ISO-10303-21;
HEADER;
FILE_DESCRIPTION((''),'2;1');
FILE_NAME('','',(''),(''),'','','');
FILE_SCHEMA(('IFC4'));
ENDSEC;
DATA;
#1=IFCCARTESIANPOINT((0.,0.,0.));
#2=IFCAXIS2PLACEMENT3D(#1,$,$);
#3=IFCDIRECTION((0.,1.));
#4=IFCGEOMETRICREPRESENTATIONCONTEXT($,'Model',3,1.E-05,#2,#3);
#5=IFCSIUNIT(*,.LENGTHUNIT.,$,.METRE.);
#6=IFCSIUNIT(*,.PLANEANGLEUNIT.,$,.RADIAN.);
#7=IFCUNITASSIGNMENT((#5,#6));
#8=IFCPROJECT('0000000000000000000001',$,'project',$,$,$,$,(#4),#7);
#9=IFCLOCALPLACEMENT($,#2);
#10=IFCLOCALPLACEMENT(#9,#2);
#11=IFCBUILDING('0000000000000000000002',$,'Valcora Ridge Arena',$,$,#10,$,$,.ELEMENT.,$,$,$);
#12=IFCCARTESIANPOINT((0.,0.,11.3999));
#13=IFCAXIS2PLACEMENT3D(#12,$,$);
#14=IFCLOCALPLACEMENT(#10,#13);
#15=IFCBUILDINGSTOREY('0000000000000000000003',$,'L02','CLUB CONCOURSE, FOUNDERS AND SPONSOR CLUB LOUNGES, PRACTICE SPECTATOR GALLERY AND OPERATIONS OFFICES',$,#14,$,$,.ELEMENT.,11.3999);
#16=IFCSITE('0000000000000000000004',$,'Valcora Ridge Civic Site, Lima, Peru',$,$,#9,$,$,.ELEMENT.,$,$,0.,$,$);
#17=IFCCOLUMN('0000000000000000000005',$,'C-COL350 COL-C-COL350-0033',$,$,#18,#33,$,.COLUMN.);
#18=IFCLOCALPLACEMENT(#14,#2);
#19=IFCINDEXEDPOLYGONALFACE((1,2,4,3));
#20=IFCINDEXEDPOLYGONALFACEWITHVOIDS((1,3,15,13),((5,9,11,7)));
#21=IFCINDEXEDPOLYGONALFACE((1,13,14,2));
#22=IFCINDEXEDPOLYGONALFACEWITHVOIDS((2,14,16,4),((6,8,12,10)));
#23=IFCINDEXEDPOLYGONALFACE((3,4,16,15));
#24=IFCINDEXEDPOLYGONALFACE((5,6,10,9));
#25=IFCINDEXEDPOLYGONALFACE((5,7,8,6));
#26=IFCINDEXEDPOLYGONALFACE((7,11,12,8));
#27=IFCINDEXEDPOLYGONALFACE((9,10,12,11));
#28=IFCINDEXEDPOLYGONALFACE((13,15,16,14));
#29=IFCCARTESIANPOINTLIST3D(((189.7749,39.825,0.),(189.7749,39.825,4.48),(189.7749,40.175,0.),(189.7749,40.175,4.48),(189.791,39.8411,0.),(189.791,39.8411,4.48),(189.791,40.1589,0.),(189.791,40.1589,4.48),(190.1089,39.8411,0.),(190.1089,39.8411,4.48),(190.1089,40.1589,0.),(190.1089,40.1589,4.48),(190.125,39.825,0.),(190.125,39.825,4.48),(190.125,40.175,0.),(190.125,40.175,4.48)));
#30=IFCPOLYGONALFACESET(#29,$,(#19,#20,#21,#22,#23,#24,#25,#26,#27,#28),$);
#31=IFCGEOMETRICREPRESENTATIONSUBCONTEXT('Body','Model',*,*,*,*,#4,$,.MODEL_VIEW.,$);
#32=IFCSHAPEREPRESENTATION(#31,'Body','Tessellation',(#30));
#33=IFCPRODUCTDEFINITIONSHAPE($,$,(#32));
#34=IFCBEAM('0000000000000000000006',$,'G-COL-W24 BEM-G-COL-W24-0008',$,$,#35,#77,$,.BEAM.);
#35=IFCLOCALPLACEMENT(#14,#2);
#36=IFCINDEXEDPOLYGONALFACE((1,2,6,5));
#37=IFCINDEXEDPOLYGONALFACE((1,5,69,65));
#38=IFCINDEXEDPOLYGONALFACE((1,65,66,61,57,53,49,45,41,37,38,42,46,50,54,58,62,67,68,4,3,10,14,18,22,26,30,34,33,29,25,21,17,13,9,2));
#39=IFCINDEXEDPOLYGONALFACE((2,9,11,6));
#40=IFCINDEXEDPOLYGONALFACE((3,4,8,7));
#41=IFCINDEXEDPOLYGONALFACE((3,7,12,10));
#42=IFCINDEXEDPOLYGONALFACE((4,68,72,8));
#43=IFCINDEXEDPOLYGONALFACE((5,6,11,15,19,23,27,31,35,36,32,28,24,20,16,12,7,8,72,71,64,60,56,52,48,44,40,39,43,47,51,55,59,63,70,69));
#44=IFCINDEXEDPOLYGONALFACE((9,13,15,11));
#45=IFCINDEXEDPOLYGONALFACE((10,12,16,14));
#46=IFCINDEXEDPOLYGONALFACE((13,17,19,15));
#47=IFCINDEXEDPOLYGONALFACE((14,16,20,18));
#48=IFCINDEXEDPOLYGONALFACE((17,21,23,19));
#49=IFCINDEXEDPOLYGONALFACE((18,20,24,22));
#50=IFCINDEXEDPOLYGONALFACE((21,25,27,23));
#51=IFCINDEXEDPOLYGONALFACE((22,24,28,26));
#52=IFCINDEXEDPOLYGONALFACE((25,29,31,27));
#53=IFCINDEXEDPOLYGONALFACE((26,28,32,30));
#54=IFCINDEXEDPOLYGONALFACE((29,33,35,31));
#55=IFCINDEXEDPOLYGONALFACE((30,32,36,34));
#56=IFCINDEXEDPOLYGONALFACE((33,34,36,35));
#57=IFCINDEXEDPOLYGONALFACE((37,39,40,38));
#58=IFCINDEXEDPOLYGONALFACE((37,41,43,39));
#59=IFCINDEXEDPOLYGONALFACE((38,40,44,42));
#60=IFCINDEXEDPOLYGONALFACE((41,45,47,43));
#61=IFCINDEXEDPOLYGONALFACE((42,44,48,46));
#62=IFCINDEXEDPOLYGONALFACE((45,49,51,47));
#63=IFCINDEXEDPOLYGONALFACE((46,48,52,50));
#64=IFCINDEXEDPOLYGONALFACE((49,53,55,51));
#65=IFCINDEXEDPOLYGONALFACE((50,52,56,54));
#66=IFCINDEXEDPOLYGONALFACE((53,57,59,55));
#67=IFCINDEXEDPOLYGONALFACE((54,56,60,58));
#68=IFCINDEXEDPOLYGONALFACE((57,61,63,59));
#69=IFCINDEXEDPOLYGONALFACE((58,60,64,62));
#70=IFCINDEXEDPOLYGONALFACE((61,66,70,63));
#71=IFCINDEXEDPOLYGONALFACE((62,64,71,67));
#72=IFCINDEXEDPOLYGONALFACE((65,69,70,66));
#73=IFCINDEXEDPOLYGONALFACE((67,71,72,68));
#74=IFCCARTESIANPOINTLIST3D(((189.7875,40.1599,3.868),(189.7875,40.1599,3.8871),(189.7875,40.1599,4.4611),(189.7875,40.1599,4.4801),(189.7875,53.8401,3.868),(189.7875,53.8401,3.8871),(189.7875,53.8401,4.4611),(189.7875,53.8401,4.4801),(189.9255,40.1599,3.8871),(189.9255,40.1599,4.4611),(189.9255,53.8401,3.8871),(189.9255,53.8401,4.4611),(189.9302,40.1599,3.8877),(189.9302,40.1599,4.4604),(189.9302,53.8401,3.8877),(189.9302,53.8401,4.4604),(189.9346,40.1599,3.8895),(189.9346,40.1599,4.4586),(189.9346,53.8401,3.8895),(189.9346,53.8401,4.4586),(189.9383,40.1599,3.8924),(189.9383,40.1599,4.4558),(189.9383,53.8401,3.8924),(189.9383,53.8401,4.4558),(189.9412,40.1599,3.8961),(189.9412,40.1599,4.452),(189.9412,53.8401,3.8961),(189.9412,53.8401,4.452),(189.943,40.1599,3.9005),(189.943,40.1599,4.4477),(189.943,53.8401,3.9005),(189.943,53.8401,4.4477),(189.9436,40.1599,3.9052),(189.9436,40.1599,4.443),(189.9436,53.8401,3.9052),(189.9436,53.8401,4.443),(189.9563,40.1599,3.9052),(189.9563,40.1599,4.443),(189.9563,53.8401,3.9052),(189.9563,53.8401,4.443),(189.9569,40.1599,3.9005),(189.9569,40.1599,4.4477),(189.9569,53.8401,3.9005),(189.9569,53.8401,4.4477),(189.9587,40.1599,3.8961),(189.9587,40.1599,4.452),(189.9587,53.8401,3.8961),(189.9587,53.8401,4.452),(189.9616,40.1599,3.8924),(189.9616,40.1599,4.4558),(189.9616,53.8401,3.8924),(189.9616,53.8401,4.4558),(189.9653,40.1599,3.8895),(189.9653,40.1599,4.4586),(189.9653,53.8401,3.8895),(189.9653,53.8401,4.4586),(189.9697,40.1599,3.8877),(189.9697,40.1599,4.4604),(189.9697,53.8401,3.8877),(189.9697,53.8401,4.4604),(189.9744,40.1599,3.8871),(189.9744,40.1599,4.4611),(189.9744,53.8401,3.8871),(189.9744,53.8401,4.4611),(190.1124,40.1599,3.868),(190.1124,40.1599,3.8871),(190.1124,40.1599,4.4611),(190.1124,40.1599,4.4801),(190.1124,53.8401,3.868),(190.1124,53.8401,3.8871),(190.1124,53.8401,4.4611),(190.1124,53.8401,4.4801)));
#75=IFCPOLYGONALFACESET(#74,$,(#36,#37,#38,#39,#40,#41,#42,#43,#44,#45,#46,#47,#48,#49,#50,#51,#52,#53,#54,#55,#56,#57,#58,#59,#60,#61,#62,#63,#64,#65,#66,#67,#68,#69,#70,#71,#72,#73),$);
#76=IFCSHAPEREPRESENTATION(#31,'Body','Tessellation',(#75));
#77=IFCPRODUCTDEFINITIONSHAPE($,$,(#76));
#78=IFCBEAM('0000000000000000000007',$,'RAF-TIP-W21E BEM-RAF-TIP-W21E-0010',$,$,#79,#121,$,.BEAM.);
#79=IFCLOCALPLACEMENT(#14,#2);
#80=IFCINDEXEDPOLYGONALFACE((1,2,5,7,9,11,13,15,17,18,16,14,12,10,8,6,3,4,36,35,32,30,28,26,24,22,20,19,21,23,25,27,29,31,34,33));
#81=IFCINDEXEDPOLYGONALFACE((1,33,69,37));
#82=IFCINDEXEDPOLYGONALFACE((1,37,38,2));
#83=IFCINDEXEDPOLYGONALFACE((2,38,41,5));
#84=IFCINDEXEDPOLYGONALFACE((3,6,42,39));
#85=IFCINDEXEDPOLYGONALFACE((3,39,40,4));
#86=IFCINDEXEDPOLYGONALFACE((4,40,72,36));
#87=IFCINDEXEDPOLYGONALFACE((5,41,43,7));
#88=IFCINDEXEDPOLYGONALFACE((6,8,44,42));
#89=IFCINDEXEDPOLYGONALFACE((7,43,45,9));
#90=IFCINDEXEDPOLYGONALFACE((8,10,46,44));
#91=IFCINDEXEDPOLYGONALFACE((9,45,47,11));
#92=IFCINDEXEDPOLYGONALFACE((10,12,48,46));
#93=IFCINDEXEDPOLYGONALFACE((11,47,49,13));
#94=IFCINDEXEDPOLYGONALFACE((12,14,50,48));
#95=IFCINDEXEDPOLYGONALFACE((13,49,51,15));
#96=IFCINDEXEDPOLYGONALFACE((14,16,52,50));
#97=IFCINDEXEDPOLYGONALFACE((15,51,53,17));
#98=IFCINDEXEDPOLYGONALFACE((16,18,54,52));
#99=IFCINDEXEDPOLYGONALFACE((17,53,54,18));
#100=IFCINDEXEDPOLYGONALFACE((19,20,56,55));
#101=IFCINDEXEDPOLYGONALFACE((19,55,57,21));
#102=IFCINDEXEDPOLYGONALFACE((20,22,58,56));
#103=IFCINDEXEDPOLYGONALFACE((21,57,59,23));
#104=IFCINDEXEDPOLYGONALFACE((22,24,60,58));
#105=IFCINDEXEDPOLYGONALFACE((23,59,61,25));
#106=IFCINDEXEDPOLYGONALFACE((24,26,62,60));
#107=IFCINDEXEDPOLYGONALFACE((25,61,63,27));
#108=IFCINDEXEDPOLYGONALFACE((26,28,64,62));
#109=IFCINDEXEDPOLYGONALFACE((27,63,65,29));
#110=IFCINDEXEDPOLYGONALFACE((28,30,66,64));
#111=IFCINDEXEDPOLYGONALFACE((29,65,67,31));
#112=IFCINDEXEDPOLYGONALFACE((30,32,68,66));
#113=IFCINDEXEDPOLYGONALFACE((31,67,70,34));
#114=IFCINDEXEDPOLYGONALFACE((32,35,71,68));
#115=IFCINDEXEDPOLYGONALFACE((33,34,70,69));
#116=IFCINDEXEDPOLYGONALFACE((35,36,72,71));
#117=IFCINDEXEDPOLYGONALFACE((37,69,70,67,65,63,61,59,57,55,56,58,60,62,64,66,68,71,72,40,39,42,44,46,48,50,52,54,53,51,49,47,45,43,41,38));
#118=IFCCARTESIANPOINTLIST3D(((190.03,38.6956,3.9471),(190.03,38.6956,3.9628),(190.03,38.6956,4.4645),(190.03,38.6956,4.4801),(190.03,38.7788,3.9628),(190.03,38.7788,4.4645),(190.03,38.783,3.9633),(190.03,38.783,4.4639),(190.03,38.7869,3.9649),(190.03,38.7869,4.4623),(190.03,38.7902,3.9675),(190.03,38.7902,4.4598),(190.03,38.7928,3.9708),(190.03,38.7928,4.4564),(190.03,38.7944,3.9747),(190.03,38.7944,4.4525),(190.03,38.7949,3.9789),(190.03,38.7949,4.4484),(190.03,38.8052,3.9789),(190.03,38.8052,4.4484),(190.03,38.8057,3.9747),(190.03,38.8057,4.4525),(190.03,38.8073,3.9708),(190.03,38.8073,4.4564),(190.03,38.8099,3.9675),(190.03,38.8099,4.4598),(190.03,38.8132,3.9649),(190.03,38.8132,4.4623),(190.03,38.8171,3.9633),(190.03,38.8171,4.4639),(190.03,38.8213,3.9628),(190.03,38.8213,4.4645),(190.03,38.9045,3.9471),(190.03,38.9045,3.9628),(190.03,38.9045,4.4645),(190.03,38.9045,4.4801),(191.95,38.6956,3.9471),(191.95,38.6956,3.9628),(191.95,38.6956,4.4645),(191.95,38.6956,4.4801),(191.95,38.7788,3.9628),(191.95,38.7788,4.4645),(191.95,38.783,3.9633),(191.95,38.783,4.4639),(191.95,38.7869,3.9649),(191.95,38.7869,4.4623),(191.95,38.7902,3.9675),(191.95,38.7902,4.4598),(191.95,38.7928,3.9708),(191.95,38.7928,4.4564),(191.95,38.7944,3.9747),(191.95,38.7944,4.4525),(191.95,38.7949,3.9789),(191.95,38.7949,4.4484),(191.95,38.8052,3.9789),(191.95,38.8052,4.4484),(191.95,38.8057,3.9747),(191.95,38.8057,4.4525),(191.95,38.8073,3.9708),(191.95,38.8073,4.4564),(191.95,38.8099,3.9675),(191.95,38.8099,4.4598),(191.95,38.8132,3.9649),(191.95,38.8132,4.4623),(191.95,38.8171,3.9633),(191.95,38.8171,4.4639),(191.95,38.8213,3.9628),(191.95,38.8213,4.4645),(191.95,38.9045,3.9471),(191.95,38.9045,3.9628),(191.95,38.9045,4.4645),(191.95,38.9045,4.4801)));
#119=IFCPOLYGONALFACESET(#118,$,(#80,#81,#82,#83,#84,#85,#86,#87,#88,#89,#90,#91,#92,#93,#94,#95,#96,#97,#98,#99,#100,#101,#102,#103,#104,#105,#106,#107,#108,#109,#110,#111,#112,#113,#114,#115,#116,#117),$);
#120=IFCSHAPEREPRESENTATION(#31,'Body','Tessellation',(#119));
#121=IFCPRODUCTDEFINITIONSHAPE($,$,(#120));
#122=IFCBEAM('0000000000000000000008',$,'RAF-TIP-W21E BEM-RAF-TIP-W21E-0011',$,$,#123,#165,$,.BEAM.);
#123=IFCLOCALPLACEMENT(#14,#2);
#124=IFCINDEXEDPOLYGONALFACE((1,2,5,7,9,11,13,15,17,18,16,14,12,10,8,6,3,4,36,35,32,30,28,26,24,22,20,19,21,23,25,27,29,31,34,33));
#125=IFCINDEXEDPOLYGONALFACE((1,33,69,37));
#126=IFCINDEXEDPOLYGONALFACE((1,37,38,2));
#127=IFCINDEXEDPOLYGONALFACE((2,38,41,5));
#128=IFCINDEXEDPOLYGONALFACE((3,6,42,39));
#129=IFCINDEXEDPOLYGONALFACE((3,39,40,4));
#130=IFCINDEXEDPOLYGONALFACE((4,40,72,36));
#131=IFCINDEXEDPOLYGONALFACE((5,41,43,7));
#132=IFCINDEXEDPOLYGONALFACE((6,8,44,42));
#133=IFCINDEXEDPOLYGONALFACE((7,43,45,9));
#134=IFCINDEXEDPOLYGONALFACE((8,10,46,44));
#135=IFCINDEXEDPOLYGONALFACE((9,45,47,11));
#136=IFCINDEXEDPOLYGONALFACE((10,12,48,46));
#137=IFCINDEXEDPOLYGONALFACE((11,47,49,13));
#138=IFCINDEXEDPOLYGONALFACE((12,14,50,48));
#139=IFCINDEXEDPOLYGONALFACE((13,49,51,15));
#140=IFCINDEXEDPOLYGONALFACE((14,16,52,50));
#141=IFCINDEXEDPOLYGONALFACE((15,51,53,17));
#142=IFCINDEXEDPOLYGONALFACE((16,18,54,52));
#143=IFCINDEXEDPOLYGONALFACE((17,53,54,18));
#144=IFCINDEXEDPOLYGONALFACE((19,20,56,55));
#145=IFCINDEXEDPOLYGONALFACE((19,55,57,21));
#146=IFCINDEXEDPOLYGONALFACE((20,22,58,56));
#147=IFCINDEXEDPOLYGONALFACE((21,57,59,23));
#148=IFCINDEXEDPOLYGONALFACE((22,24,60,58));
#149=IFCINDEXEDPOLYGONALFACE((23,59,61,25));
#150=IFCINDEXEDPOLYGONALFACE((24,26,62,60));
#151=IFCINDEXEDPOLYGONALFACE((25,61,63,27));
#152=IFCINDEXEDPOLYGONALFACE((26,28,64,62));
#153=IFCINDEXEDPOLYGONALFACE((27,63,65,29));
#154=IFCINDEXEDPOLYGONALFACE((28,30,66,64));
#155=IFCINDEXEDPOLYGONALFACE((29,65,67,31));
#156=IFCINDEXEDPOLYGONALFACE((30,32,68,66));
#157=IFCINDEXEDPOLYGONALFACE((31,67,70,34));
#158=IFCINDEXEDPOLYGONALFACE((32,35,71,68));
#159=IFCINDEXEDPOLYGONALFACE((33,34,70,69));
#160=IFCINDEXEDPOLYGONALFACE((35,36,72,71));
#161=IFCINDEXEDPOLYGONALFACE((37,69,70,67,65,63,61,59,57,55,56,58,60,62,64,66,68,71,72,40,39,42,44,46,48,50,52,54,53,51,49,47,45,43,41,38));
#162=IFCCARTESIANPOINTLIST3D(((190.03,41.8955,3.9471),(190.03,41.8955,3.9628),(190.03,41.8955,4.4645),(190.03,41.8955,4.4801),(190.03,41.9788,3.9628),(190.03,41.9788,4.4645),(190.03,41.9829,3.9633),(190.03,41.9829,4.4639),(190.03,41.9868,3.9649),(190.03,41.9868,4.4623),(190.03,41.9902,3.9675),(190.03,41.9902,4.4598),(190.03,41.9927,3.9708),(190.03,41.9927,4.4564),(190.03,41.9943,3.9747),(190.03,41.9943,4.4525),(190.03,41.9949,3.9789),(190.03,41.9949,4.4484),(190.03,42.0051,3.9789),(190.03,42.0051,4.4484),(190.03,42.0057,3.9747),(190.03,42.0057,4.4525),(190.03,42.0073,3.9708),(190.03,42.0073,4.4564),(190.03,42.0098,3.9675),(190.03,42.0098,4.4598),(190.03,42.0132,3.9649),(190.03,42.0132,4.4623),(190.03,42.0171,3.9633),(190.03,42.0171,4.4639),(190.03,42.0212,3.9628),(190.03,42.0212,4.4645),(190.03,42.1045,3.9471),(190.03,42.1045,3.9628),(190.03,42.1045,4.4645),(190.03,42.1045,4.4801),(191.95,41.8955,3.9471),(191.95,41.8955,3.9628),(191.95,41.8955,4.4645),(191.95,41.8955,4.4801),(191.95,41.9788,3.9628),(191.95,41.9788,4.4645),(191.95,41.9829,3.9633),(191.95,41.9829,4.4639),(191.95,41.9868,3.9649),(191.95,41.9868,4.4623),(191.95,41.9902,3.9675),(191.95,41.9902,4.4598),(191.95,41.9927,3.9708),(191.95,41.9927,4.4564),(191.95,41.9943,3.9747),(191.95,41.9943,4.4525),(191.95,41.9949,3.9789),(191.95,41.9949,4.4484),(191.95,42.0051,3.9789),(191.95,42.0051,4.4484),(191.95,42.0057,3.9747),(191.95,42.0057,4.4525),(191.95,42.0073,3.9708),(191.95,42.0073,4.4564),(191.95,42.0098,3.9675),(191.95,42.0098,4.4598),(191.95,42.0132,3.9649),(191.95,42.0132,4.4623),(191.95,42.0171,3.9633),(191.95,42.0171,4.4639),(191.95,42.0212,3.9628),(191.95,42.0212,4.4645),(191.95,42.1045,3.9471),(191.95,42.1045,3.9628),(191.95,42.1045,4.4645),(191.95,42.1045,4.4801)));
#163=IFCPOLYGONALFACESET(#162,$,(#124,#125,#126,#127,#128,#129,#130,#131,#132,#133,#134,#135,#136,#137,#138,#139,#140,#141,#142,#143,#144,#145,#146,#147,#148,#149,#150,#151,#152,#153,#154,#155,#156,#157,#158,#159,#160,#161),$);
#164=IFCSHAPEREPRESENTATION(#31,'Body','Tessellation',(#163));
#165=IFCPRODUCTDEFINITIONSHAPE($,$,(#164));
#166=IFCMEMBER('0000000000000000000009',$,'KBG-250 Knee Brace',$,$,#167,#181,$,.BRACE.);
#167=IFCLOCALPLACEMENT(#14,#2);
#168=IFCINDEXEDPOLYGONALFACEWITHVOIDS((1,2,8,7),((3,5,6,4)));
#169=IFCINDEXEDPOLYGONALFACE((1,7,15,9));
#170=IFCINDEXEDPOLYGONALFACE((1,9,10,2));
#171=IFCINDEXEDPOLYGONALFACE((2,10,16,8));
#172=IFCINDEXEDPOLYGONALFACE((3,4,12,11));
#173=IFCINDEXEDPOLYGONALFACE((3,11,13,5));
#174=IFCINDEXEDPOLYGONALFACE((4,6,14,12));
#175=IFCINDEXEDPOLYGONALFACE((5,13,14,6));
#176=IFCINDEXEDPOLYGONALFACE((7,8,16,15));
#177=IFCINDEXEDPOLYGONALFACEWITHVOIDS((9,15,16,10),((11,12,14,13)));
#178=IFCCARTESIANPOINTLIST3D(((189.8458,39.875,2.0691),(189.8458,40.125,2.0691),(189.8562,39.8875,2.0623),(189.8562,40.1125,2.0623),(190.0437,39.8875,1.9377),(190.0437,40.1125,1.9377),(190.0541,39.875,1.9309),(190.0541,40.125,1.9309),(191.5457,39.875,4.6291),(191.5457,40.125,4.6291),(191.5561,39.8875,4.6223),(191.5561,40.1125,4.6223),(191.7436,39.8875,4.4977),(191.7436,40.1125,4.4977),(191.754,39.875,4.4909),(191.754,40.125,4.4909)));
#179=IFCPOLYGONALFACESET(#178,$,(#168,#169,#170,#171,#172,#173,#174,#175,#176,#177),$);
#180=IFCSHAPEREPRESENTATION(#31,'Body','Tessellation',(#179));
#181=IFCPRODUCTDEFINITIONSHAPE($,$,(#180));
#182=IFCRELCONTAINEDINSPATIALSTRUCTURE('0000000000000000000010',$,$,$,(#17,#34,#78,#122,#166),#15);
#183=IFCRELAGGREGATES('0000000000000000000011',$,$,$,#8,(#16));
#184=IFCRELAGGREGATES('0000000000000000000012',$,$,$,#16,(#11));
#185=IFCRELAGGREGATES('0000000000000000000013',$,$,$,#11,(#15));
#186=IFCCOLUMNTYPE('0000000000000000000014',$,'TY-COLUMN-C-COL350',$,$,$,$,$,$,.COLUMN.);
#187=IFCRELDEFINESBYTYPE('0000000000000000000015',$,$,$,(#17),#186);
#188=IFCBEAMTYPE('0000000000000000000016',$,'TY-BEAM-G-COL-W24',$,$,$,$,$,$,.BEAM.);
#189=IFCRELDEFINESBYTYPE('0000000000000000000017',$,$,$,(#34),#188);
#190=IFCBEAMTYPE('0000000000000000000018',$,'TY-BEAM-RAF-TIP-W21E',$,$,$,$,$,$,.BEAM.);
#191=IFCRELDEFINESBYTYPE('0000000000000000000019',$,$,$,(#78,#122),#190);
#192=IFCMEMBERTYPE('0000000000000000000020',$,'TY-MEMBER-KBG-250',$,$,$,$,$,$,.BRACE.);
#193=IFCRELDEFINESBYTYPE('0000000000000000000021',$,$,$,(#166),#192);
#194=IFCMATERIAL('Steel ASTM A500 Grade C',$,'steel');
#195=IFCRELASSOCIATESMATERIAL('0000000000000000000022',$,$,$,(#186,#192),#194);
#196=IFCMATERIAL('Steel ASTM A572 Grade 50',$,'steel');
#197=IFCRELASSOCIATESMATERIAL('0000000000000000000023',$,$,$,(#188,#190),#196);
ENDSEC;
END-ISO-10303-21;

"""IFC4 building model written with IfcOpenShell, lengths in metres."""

from ifc_helpers import new_model, si_unit, direction, frame, origin, origin_2d, place, context, subcontext, project, spatial, hollow_rectangle, i_section, extrude, material, material_profile, profile_set, type_object, element, save


model = new_model("IFC4")

# Units and contexts
model_context = context("Model", 3, precision=1e-05, world=origin(), true_north=direction((0.0, 1.0)))
body_context = subcontext(model_context, "Body", "Model", "MODEL_VIEW")
ifc_project = project(units=[si_unit("LENGTHUNIT", "METRE"), si_unit("PLANEANGLEUNIT", "RADIAN")], contexts=[model_context])

# Site, building, storey
site_placement = place(None, origin())
site = spatial("IfcSite", under=ifc_project, at=site_placement, Name="Valcora Ridge Civic Site, Lima, Peru", CompositionType="ELEMENT", RefElevation=0.0)
building_placement = place(site_placement, origin())
building = spatial("IfcBuilding", under=site, at=building_placement, Name="Valcora Ridge Arena", CompositionType="ELEMENT")
storey_placement = place(building_placement, frame((0.0, 0.0, 11.3999)))
storey = spatial("IfcBuildingStorey", under=building, at=storey_placement, Name="L02", Description="CLUB CONCOURSE, FOUNDERS AND SPONSOR CLUB LOUNGES, PRACTICE SPECTATOR GALLERY AND OPERATIONS OFFICES", CompositionType="ELEMENT", Elevation=11.3999)

# Column
ifc_material_1 = material(Name="Steel ASTM A500 Grade C", Category="steel")
ifc_material_profile_1 = material_profile(ifc_material_1, hollow_rectangle(XDim=0.3501, YDim=0.3501, WallThickness=0.0161, at=origin_2d()), Name="HSS350X350X16")
ifc_profile_set_1 = profile_set([ifc_material_profile_1], Name="Steel ASTM A500 Grade C")
column_type = type_object("IfcColumnType", Name="TY-COLUMN-C-COL350", PredefinedType="COLUMN", material=ifc_profile_set_1)
column_placement = place(storey_placement, frame((189.95, 40.0, 0.0), z_axis=(0.0, 0.0, 1.0), x_axis=(1.0, 0.0, 0.0)))
element("IfcColumn", 1, at=column_placement, inside=storey, type_object=column_type, Name="C-COL350 COL-C-COL350-0033", PredefinedType="COLUMN", context=body_context, shape_type="SweptSolid", body=[
    extrude(hollow_rectangle(XDim=0.3501, YDim=0.3501, WallThickness=0.0161, at=origin_2d()), origin(), (0.0, 0.0, 1.0), 4.48),
])

# Beams
ifc_material_2 = material(Name="Steel ASTM A572 Grade 50", Category="steel")
ifc_material_profile_2 = material_profile(ifc_material_2, i_section(OverallWidth=0.325, OverallDepth=0.6121, WebThickness=0.0127, FlangeThickness=0.019, FilletRadius=0.0181, at=origin_2d()), Name="W24X104")
ifc_profile_set_2 = profile_set([ifc_material_profile_2], Name="Steel ASTM A572 Grade 50")
beam_type_1 = type_object("IfcBeamType", Name="TY-BEAM-G-COL-W24", PredefinedType="BEAM", material=ifc_profile_set_2)
beam_placement = place(storey_placement, frame((189.95, 40.1599, 4.1741), z_axis=(0.0, 1.0, 0.0), x_axis=(-1.0, 0.0, 0.0)))
element("IfcBeam", 2, at=beam_placement, inside=storey, type_object=beam_type_1, Name="G-COL-W24 BEM-G-COL-W24-0008", PredefinedType="BEAM", context=body_context, shape_type="SweptSolid", body=[
    extrude(i_section(OverallWidth=0.325, OverallDepth=0.6121, WebThickness=0.0127, FlangeThickness=0.019, FilletRadius=0.0181, at=origin_2d()), origin(), (0.0, 0.0, 1.0), 13.6802),
])
ifc_material_profile_3 = material_profile(ifc_material_2, i_section(OverallWidth=0.209, OverallDepth=0.533, WebThickness=0.0103, FlangeThickness=0.0156, FilletRadius=0.0161, at=origin_2d()), Name="W21X62")
ifc_profile_set_3 = profile_set([ifc_material_profile_3], Name="Steel ASTM A572 Grade 50")
beam_type_2 = type_object("IfcBeamType", Name="TY-BEAM-RAF-TIP-W21E", PredefinedType="BEAM", material=ifc_profile_set_3)
for number, where, z_axis, x_axis, name in (
    (3, (190.03, 38.8, 4.2136), (1.0, 0.0, 0.0), (0.0, 1.0, 0.0), "RAF-TIP-W21E BEM-RAF-TIP-W21E-0010"),
    (4, (190.03, 42.0, 4.2136), (1.0, 0.0, 0.0), (0.0, 1.0, 0.0), "RAF-TIP-W21E BEM-RAF-TIP-W21E-0011"),
):
    element("IfcBeam", number, at=place(storey_placement, frame(where, z_axis=z_axis, x_axis=x_axis)), inside=storey, type_object=beam_type_2, Name=name, PredefinedType="BEAM", context=body_context, shape_type="SweptSolid", body=[
        extrude(i_section(OverallWidth=0.209, OverallDepth=0.533, WebThickness=0.0103, FlangeThickness=0.0156, FilletRadius=0.0161, at=origin_2d()), origin(), (0.0, 0.0, 1.0), 1.9199),
    ])

# Member
ifc_material_profile_4 = material_profile(ifc_material_1, hollow_rectangle(XDim=0.25, YDim=0.25, WallThickness=0.0125, at=origin_2d()), Name="HSS250X250X12")
ifc_profile_set_4 = profile_set([ifc_material_profile_4], Name="Steel ASTM A500 Grade C")
member_type = type_object("IfcMemberType", Name="TY-MEMBER-KBG-250", PredefinedType="BRACE", material=ifc_profile_set_4)
member_placement = place(storey_placement, frame((189.95, 40.0, 2.0), z_axis=(0.553178, 0.0, 0.833063), x_axis=(0.0, 1.0, 0.0)))
element("IfcMember", 5, at=member_placement, inside=storey, type_object=member_type, Name="KBG-250 Knee Brace", PredefinedType="BRACE", context=body_context, shape_type="SweptSolid", body=[
    extrude(hollow_rectangle(XDim=0.25, YDim=0.25, WallThickness=0.0125, at=origin_2d()), origin(), (0.0, 0.0, 1.0), 3.073),
])

save(model, "model.ifc")
